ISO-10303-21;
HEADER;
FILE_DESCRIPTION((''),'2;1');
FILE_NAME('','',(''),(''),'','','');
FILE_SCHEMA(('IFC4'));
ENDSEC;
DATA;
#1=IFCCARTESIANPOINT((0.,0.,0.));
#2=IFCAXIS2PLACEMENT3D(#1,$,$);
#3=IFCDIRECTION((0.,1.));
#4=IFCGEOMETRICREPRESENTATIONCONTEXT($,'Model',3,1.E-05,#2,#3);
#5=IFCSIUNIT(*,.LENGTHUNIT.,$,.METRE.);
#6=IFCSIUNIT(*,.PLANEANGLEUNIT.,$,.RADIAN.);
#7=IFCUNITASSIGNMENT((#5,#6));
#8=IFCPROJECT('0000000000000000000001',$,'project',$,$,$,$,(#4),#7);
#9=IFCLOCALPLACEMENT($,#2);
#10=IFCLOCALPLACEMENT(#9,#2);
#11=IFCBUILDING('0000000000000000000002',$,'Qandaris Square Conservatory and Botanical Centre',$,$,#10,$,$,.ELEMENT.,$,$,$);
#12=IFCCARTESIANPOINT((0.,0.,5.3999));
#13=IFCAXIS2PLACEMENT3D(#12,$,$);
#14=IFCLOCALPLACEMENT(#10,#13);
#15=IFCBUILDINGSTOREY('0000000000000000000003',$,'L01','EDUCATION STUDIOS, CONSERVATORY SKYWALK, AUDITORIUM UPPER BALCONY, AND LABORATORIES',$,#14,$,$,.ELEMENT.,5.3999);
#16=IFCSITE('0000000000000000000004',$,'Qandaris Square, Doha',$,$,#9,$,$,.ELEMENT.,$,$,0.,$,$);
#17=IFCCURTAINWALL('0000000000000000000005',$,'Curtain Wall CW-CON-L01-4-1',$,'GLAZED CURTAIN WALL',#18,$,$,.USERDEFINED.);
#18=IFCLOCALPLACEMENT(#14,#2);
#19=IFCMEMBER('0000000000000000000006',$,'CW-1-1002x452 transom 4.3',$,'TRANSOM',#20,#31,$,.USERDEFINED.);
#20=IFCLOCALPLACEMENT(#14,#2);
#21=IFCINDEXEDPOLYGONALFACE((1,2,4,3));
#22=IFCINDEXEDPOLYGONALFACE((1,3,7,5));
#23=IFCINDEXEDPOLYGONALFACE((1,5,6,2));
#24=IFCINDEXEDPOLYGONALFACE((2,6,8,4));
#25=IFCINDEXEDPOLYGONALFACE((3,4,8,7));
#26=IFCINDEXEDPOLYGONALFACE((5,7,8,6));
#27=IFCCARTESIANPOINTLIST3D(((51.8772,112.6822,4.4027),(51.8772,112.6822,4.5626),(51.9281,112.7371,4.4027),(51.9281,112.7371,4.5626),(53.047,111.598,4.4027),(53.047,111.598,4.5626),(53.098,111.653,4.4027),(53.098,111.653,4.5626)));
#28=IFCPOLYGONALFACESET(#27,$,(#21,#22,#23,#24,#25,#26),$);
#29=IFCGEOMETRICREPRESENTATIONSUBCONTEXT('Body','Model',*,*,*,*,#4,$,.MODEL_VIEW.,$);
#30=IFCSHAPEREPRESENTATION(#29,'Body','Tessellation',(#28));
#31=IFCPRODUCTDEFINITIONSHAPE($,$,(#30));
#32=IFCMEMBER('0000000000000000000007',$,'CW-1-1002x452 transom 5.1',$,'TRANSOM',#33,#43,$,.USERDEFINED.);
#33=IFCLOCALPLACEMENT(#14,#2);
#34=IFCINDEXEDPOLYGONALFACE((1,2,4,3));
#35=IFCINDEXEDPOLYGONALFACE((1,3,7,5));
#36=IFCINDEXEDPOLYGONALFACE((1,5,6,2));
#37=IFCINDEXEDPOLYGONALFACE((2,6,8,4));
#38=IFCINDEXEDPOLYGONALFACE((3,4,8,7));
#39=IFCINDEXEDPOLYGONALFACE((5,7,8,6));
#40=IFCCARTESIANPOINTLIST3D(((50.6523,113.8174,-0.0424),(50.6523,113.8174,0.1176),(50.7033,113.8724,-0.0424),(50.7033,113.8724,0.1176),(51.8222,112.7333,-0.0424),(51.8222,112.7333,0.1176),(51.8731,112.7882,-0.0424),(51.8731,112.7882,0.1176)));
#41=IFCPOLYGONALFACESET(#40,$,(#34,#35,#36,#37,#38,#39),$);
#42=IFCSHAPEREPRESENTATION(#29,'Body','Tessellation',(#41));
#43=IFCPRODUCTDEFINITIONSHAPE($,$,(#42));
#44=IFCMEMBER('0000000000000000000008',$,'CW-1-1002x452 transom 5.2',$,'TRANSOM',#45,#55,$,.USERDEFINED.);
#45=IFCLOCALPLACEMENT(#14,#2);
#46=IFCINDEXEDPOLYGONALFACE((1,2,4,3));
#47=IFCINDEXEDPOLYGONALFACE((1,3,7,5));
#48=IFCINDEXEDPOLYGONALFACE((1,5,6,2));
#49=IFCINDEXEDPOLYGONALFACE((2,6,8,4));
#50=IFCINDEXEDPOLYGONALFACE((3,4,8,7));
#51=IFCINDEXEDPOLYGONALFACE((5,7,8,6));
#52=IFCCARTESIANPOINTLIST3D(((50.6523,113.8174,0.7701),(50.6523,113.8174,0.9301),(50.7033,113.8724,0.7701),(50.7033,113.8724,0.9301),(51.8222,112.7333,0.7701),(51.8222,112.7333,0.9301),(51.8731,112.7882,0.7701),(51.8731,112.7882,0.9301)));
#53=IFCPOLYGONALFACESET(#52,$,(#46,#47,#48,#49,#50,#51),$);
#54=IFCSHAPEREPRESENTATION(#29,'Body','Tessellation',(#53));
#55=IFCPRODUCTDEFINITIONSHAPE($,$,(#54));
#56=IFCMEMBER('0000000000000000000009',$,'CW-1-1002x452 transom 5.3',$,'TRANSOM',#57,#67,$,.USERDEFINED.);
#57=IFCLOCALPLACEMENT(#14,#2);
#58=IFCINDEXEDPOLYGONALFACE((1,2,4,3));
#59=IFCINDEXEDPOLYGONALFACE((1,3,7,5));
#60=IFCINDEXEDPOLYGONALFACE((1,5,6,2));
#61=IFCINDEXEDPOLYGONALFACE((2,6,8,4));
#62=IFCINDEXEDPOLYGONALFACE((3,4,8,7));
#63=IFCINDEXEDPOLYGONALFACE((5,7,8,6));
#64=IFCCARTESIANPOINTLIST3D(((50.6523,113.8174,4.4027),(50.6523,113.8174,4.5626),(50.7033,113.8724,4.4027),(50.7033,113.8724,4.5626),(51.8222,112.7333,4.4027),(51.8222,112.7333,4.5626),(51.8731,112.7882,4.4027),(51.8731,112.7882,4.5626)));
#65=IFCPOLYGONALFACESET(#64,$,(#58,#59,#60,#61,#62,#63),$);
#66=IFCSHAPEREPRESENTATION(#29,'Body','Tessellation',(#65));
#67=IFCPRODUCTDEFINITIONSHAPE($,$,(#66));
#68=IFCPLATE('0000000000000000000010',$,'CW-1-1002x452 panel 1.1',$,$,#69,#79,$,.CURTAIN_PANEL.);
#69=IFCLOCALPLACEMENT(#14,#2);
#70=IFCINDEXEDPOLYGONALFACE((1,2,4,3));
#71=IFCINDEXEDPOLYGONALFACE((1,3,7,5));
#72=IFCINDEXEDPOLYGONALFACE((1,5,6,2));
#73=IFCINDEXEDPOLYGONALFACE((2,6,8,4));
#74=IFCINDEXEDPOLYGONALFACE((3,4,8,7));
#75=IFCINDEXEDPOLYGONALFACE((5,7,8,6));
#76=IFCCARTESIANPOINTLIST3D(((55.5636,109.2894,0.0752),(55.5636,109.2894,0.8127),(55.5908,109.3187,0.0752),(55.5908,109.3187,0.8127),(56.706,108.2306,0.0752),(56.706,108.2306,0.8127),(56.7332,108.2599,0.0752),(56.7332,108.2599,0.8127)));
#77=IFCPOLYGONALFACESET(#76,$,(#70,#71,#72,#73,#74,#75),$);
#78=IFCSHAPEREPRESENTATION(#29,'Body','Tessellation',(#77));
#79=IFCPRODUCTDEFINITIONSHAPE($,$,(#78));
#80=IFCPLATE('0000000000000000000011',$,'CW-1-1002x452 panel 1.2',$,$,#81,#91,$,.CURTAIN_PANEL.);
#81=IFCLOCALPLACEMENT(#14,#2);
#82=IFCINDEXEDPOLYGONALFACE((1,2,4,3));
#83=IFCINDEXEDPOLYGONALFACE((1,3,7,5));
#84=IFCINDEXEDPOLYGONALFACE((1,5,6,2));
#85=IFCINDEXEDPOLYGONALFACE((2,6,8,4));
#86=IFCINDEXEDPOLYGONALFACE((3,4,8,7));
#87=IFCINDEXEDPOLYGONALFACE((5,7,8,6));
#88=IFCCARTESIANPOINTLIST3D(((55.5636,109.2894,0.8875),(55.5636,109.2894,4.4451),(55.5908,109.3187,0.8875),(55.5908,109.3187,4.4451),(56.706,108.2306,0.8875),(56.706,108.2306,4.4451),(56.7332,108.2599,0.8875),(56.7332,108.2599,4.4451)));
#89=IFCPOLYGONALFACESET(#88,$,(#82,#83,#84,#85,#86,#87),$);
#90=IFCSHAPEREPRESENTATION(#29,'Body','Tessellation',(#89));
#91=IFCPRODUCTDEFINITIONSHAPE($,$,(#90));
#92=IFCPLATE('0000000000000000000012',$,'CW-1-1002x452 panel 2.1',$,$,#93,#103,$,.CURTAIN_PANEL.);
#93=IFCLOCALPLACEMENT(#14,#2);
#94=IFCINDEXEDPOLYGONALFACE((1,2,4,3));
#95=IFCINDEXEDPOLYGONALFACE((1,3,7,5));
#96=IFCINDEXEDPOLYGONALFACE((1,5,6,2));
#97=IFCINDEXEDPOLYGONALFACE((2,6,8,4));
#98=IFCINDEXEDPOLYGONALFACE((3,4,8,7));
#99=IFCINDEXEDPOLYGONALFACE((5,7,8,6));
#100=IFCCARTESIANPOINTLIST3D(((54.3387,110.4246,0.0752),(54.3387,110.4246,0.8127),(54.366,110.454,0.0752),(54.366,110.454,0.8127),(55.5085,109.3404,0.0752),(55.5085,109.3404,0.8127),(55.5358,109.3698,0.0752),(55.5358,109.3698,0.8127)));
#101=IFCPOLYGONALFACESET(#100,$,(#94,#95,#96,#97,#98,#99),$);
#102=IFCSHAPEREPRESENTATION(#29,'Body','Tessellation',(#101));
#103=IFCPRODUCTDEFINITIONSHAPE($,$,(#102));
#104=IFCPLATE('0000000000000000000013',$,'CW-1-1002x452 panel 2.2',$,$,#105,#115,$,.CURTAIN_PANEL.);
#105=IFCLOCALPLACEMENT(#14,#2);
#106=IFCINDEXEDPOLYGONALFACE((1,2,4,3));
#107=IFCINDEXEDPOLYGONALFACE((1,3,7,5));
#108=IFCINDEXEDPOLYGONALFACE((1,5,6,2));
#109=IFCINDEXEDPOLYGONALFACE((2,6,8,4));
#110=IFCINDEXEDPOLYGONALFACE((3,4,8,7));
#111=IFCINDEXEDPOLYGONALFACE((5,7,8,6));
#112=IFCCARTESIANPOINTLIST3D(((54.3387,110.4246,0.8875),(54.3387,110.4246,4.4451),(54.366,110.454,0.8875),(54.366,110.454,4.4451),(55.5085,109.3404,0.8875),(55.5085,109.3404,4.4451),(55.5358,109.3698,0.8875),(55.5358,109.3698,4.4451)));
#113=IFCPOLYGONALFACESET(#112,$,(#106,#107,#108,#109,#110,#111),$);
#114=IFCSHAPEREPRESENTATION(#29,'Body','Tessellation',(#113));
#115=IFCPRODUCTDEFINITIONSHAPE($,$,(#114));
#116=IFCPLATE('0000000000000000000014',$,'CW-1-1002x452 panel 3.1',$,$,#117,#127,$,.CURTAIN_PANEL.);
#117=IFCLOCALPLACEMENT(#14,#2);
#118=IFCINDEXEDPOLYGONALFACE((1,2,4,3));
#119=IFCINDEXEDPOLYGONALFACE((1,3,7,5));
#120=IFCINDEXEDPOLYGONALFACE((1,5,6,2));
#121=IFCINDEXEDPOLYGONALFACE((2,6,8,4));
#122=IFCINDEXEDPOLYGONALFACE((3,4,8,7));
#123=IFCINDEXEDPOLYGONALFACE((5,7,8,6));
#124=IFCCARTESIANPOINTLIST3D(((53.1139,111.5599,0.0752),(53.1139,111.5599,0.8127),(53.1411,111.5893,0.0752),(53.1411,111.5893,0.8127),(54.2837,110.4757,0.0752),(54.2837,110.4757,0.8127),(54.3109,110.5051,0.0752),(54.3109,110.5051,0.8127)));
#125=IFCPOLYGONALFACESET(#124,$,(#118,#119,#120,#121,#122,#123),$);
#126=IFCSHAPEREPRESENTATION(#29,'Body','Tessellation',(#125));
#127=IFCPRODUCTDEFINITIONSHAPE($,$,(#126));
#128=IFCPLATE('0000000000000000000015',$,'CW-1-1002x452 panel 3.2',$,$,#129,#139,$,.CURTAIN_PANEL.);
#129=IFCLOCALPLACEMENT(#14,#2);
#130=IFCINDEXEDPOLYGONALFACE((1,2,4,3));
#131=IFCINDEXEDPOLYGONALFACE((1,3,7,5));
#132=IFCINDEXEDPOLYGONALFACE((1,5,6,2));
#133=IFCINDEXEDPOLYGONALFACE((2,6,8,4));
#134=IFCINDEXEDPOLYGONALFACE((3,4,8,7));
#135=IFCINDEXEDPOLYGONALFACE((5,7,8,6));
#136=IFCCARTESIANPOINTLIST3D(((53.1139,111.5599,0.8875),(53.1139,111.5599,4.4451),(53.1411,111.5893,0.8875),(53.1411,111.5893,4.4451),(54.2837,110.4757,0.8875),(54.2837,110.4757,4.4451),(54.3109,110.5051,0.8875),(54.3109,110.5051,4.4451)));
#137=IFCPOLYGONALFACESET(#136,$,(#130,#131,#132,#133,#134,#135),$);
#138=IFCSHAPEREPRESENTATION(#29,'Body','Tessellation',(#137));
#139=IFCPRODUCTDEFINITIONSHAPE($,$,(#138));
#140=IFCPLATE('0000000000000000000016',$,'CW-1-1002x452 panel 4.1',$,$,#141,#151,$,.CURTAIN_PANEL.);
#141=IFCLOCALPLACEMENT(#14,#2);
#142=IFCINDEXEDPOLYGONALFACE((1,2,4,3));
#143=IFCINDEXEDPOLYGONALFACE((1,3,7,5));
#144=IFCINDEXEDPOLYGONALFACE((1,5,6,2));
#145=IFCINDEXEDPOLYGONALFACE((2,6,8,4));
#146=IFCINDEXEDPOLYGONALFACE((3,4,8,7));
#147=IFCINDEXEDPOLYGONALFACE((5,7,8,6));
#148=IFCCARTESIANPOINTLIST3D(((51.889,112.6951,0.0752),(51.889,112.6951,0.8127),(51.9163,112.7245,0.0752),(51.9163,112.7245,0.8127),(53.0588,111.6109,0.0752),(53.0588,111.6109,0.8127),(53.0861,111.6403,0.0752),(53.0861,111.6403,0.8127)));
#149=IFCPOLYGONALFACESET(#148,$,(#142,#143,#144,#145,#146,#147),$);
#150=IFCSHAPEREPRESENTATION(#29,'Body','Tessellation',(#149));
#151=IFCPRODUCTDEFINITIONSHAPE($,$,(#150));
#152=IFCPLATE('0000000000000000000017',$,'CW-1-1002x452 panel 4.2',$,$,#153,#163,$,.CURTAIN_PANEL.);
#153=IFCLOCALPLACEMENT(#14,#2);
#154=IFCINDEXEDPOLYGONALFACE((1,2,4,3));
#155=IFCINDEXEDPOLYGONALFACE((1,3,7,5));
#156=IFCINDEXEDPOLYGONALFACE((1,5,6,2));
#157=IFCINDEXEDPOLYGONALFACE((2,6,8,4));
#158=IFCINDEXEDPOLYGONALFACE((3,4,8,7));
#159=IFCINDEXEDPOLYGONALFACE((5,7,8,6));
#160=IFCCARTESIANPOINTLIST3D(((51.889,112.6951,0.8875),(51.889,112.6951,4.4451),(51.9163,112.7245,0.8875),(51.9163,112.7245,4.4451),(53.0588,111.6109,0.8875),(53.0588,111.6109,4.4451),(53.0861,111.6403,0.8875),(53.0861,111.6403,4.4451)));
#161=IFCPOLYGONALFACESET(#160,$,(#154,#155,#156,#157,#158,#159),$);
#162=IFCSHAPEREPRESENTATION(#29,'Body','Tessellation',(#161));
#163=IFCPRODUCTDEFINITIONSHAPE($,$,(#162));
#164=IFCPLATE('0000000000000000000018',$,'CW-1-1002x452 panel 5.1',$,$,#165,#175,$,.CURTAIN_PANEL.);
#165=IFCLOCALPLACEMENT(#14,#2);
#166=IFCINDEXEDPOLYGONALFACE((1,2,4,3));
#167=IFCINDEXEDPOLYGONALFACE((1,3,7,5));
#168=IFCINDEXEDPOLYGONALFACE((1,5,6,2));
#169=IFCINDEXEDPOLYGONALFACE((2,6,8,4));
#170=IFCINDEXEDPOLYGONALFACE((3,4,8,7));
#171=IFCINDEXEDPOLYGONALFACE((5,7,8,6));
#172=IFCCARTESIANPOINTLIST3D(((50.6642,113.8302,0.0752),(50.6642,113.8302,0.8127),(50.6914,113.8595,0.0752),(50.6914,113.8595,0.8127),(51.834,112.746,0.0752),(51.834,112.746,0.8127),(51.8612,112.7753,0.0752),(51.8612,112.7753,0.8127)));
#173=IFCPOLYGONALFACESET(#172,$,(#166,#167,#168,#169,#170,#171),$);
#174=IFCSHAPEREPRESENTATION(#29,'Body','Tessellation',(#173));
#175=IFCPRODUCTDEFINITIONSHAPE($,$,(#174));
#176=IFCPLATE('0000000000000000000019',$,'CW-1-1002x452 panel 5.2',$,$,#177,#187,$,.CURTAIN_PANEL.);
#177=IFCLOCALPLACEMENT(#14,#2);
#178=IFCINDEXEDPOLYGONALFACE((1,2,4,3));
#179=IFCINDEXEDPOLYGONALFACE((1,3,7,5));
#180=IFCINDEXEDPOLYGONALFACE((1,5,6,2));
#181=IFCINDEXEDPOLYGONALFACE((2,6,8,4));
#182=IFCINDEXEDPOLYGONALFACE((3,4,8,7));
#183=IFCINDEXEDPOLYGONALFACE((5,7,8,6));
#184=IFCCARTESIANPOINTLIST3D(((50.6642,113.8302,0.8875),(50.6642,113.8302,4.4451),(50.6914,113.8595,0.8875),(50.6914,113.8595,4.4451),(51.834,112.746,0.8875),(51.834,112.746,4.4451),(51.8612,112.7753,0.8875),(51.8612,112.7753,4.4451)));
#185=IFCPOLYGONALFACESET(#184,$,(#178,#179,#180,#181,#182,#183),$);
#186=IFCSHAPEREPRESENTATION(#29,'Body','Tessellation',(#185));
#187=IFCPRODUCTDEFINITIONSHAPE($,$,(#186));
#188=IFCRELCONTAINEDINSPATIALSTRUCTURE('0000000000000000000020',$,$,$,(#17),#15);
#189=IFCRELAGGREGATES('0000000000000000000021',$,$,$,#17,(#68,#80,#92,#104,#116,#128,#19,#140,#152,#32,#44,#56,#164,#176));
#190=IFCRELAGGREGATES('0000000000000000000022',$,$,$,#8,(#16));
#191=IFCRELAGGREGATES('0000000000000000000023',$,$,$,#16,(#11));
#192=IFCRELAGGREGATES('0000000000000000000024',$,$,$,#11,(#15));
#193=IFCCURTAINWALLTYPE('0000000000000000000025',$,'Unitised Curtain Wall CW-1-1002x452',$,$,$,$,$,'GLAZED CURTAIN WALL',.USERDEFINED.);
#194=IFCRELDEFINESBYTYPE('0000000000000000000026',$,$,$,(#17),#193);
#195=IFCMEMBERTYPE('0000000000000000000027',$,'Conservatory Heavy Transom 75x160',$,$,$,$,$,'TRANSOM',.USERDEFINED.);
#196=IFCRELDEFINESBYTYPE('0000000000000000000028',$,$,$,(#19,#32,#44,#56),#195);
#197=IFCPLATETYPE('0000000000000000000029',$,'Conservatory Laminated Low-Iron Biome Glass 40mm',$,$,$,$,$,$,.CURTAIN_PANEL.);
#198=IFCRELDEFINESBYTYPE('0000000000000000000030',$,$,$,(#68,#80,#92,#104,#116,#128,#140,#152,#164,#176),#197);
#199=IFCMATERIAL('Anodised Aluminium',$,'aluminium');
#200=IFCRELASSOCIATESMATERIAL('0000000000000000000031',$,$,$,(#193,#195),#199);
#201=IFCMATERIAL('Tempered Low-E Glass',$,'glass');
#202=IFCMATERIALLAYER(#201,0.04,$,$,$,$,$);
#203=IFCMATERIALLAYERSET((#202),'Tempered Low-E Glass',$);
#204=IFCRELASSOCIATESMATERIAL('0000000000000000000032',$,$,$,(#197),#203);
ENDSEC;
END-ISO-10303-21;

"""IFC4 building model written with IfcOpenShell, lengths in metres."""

from ifc_helpers import new_model, si_unit, direction, frame, origin, origin_2d, place, context, subcontext, project, spatial, rectangle, extrude, material, layer, layer_set, material_profile, profile_set, type_object, element, aggregate, save


model = new_model("IFC4")

# Units and contexts
model_context = context("Model", 3, precision=1e-05, world=origin(), true_north=direction((0.0, 1.0)))
body_context = subcontext(model_context, "Body", "Model", "MODEL_VIEW")
ifc_project = project(units=[si_unit("LENGTHUNIT", "METRE"), si_unit("PLANEANGLEUNIT", "RADIAN")], contexts=[model_context])

# Site, building, storey
site_placement = place(None, origin())
site = spatial("IfcSite", under=ifc_project, at=site_placement, Name="Qandaris Square, Doha", CompositionType="ELEMENT", RefElevation=0.0)
building_placement = place(site_placement, origin())
building = spatial("IfcBuilding", under=site, at=building_placement, Name="Qandaris Square Conservatory and Botanical Centre", CompositionType="ELEMENT")
storey_placement = place(building_placement, frame((0.0, 0.0, 5.3999)))
storey = spatial("IfcBuildingStorey", under=building, at=storey_placement, Name="L01", Description="EDUCATION STUDIOS, CONSERVATORY SKYWALK, AUDITORIUM UPPER BALCONY, AND LABORATORIES", CompositionType="ELEMENT", Elevation=5.3999)

# Curtain wall, members, plates
ifc_material_1 = material(Name="Anodised Aluminium", Category="aluminium")
curtain_wall_type = type_object("IfcCurtainWallType", Name="Unitised Curtain Wall CW-1-1002x452", ElementType="GLAZED CURTAIN WALL", PredefinedType="USERDEFINED", material=ifc_material_1)
curtain_wall_placement = place(storey_placement, origin())
curtain_wall = element("IfcCurtainWall", 1, at=curtain_wall_placement, inside=storey, type_object=curtain_wall_type, Name="Curtain Wall CW-CON-L01-4-1", ObjectType="GLAZED CURTAIN WALL", PredefinedType="USERDEFINED")
ifc_material_profile_1 = material_profile(ifc_material_1, rectangle(XDim=0.075, YDim=0.1599, at=origin_2d()), Name="ALU-TRN 75x160")
ifc_profile_set_1 = profile_set([ifc_material_profile_1], Name="Anodised Aluminium")
member_type_1 = type_object("IfcMemberType", Name="Conservatory Heavy Transom 75x160", ElementType="TRANSOM", PredefinedType="USERDEFINED", material=ifc_profile_set_1)
member_1_placement = place(storey_placement, frame((53.0725, 111.6255, 4.4827), z_axis=(-0.733458, 0.679735, 0.0), x_axis=(-0.679735, -0.733458, 0.0)))
member_1 = element("IfcMember", 2, at=member_1_placement, type_object=member_type_1, Name="CW-1-1002x452 transom 4.3", ObjectType="TRANSOM", PredefinedType="USERDEFINED", context=body_context, shape_type="SweptSolid", body=[
    extrude(rectangle(XDim=0.075, YDim=0.1599, at=origin_2d()), origin(), (0.0, 0.0, 1.0), 1.595),
])
member_2_placement = place(storey_placement, frame((51.8477, 112.7607, 0.0376), z_axis=(-0.733458, 0.679735, 0.0), x_axis=(-0.679735, -0.733458, 0.0)))
member_2 = element("IfcMember", 3, at=member_2_placement, type_object=member_type_1, Name="CW-1-1002x452 transom 5.1", ObjectType="TRANSOM", PredefinedType="USERDEFINED", context=body_context, shape_type="SweptSolid", body=[
    extrude(rectangle(XDim=0.075, YDim=0.1599, at=origin_2d()), origin(), (0.0, 0.0, 1.0), 1.595),
])
member_3_placement = place(storey_placement, frame((51.8477, 112.7607, 0.8501), z_axis=(-0.733458, 0.679735, 0.0), x_axis=(-0.679735, -0.733458, 0.0)))
member_3 = element("IfcMember", 4, at=member_3_placement, type_object=member_type_1, Name="CW-1-1002x452 transom 5.2", ObjectType="TRANSOM", PredefinedType="USERDEFINED", context=body_context, shape_type="SweptSolid", body=[
    extrude(rectangle(XDim=0.075, YDim=0.1599, at=origin_2d()), origin(), (0.0, 0.0, 1.0), 1.595),
])
member_4_placement = place(storey_placement, frame((51.8477, 112.7607, 4.4827), z_axis=(-0.733458, 0.679735, 0.0), x_axis=(-0.679735, -0.733458, 0.0)))
member_4 = element("IfcMember", 5, at=member_4_placement, type_object=member_type_1, Name="CW-1-1002x452 transom 5.3", ObjectType="TRANSOM", PredefinedType="USERDEFINED", context=body_context, shape_type="SweptSolid", body=[
    extrude(rectangle(XDim=0.075, YDim=0.1599, at=origin_2d()), origin(), (0.0, 0.0, 1.0), 1.595),
])
ifc_material_2 = material(Name="Tempered Low-E Glass", Category="glass")
ifc_layer_1 = layer(ifc_material_2, 0.04)
ifc_layer_set_1 = layer_set([ifc_layer_1], Name="Tempered Low-E Glass")
plate_type = type_object("IfcPlateType", Name="Conservatory Laminated Low-Iron Biome Glass 40mm", PredefinedType="CURTAIN_PANEL", material=ifc_layer_set_1)
plate_1_placement = place(storey_placement, frame((56.1484, 108.7747, 0.0752), z_axis=(0.0, 0.0, 1.0), x_axis=(-0.733433, 0.679762, 0.0)))
plate_1 = element("IfcPlate", 6, at=plate_1_placement, type_object=plate_type, Name="CW-1-1002x452 panel 1.1", PredefinedType="CURTAIN_PANEL", context=body_context, shape_type="SweptSolid", body=[
    extrude(rectangle(XDim=1.5576, YDim=0.04, at=origin_2d()), origin(), (0.0, 0.0, 1.0), 0.7375),
])
plate_2_placement = place(storey_placement, frame((56.1484, 108.7747, 0.8875), z_axis=(0.0, 0.0, 1.0), x_axis=(-0.733433, 0.679762, 0.0)))
plate_2 = element("IfcPlate", 7, at=plate_2_placement, type_object=plate_type, Name="CW-1-1002x452 panel 1.2", PredefinedType="CURTAIN_PANEL", context=body_context, shape_type="SweptSolid", body=[
    extrude(rectangle(XDim=1.5576, YDim=0.04, at=origin_2d()), origin(), (0.0, 0.0, 1.0), 3.5576),
])
plate_3_placement = place(storey_placement, frame((54.9373, 109.8972, 0.0752), z_axis=(0.0, 0.0, 1.0), x_axis=(-0.733433, 0.679762, 0.0)))
plate_3 = element("IfcPlate", 8, at=plate_3_placement, type_object=plate_type, Name="CW-1-1002x452 panel 2.1", PredefinedType="CURTAIN_PANEL", context=body_context, shape_type="SweptSolid", body=[
    extrude(rectangle(XDim=1.595, YDim=0.04, at=origin_2d()), origin(), (0.0, 0.0, 1.0), 0.7375),
])
plate_4_placement = place(storey_placement, frame((54.9373, 109.8972, 0.8875), z_axis=(0.0, 0.0, 1.0), x_axis=(-0.733433, 0.679762, 0.0)))
plate_4 = element("IfcPlate", 9, at=plate_4_placement, type_object=plate_type, Name="CW-1-1002x452 panel 2.2", PredefinedType="CURTAIN_PANEL", context=body_context, shape_type="SweptSolid", body=[
    extrude(rectangle(XDim=1.595, YDim=0.04, at=origin_2d()), origin(), (0.0, 0.0, 1.0), 3.5576),
])
plate_5_placement = place(storey_placement, frame((53.7124, 111.0325, 0.0752), z_axis=(0.0, 0.0, 1.0), x_axis=(-0.733433, 0.679762, 0.0)))
plate_5 = element("IfcPlate", 10, at=plate_5_placement, type_object=plate_type, Name="CW-1-1002x452 panel 3.1", PredefinedType="CURTAIN_PANEL", context=body_context, shape_type="SweptSolid", body=[
    extrude(rectangle(XDim=1.595, YDim=0.04, at=origin_2d()), origin(), (0.0, 0.0, 1.0), 0.7375),
])
plate_6_placement = place(storey_placement, frame((53.7124, 111.0325, 0.8875), z_axis=(0.0, 0.0, 1.0), x_axis=(-0.733433, 0.679762, 0.0)))
plate_6 = element("IfcPlate", 11, at=plate_6_placement, type_object=plate_type, Name="CW-1-1002x452 panel 3.2", PredefinedType="CURTAIN_PANEL", context=body_context, shape_type="SweptSolid", body=[
    extrude(rectangle(XDim=1.595, YDim=0.04, at=origin_2d()), origin(), (0.0, 0.0, 1.0), 3.5576),
])
plate_7_placement = place(storey_placement, frame((52.4875, 112.1677, 0.0752), z_axis=(0.0, 0.0, 1.0), x_axis=(-0.733433, 0.679762, 0.0)))
plate_7 = element("IfcPlate", 12, at=plate_7_placement, type_object=plate_type, Name="CW-1-1002x452 panel 4.1", PredefinedType="CURTAIN_PANEL", context=body_context, shape_type="SweptSolid", body=[
    extrude(rectangle(XDim=1.595, YDim=0.04, at=origin_2d()), origin(), (0.0, 0.0, 1.0), 0.7375),
])
plate_8_placement = place(storey_placement, frame((52.4875, 112.1677, 0.8875), z_axis=(0.0, 0.0, 1.0), x_axis=(-0.733433, 0.679762, 0.0)))
plate_8 = element("IfcPlate", 13, at=plate_8_placement, type_object=plate_type, Name="CW-1-1002x452 panel 4.2", PredefinedType="CURTAIN_PANEL", context=body_context, shape_type="SweptSolid", body=[
    extrude(rectangle(XDim=1.595, YDim=0.04, at=origin_2d()), origin(), (0.0, 0.0, 1.0), 3.5576),
])
plate_9_placement = place(storey_placement, frame((51.2627, 113.3027, 0.0752), z_axis=(0.0, 0.0, 1.0), x_axis=(-0.733433, 0.679762, 0.0)))
plate_9 = element("IfcPlate", 14, at=plate_9_placement, type_object=plate_type, Name="CW-1-1002x452 panel 5.1", PredefinedType="CURTAIN_PANEL", context=body_context, shape_type="SweptSolid", body=[
    extrude(rectangle(XDim=1.595, YDim=0.04, at=origin_2d()), origin(), (0.0, 0.0, 1.0), 0.7375),
])
plate_10_placement = place(storey_placement, frame((51.2627, 113.3027, 0.8875), z_axis=(0.0, 0.0, 1.0), x_axis=(-0.733433, 0.679762, 0.0)))
plate_10 = element("IfcPlate", 15, at=plate_10_placement, type_object=plate_type, Name="CW-1-1002x452 panel 5.2", PredefinedType="CURTAIN_PANEL", context=body_context, shape_type="SweptSolid", body=[
    extrude(rectangle(XDim=1.595, YDim=0.04, at=origin_2d()), origin(), (0.0, 0.0, 1.0), 3.5576),
])
aggregate(curtain_wall, [plate_1, plate_2, plate_3, plate_4, plate_5, plate_6, member_1, plate_7, plate_8, member_2, member_3, member_4, plate_9, plate_10])

save(model, "model.ifc")
